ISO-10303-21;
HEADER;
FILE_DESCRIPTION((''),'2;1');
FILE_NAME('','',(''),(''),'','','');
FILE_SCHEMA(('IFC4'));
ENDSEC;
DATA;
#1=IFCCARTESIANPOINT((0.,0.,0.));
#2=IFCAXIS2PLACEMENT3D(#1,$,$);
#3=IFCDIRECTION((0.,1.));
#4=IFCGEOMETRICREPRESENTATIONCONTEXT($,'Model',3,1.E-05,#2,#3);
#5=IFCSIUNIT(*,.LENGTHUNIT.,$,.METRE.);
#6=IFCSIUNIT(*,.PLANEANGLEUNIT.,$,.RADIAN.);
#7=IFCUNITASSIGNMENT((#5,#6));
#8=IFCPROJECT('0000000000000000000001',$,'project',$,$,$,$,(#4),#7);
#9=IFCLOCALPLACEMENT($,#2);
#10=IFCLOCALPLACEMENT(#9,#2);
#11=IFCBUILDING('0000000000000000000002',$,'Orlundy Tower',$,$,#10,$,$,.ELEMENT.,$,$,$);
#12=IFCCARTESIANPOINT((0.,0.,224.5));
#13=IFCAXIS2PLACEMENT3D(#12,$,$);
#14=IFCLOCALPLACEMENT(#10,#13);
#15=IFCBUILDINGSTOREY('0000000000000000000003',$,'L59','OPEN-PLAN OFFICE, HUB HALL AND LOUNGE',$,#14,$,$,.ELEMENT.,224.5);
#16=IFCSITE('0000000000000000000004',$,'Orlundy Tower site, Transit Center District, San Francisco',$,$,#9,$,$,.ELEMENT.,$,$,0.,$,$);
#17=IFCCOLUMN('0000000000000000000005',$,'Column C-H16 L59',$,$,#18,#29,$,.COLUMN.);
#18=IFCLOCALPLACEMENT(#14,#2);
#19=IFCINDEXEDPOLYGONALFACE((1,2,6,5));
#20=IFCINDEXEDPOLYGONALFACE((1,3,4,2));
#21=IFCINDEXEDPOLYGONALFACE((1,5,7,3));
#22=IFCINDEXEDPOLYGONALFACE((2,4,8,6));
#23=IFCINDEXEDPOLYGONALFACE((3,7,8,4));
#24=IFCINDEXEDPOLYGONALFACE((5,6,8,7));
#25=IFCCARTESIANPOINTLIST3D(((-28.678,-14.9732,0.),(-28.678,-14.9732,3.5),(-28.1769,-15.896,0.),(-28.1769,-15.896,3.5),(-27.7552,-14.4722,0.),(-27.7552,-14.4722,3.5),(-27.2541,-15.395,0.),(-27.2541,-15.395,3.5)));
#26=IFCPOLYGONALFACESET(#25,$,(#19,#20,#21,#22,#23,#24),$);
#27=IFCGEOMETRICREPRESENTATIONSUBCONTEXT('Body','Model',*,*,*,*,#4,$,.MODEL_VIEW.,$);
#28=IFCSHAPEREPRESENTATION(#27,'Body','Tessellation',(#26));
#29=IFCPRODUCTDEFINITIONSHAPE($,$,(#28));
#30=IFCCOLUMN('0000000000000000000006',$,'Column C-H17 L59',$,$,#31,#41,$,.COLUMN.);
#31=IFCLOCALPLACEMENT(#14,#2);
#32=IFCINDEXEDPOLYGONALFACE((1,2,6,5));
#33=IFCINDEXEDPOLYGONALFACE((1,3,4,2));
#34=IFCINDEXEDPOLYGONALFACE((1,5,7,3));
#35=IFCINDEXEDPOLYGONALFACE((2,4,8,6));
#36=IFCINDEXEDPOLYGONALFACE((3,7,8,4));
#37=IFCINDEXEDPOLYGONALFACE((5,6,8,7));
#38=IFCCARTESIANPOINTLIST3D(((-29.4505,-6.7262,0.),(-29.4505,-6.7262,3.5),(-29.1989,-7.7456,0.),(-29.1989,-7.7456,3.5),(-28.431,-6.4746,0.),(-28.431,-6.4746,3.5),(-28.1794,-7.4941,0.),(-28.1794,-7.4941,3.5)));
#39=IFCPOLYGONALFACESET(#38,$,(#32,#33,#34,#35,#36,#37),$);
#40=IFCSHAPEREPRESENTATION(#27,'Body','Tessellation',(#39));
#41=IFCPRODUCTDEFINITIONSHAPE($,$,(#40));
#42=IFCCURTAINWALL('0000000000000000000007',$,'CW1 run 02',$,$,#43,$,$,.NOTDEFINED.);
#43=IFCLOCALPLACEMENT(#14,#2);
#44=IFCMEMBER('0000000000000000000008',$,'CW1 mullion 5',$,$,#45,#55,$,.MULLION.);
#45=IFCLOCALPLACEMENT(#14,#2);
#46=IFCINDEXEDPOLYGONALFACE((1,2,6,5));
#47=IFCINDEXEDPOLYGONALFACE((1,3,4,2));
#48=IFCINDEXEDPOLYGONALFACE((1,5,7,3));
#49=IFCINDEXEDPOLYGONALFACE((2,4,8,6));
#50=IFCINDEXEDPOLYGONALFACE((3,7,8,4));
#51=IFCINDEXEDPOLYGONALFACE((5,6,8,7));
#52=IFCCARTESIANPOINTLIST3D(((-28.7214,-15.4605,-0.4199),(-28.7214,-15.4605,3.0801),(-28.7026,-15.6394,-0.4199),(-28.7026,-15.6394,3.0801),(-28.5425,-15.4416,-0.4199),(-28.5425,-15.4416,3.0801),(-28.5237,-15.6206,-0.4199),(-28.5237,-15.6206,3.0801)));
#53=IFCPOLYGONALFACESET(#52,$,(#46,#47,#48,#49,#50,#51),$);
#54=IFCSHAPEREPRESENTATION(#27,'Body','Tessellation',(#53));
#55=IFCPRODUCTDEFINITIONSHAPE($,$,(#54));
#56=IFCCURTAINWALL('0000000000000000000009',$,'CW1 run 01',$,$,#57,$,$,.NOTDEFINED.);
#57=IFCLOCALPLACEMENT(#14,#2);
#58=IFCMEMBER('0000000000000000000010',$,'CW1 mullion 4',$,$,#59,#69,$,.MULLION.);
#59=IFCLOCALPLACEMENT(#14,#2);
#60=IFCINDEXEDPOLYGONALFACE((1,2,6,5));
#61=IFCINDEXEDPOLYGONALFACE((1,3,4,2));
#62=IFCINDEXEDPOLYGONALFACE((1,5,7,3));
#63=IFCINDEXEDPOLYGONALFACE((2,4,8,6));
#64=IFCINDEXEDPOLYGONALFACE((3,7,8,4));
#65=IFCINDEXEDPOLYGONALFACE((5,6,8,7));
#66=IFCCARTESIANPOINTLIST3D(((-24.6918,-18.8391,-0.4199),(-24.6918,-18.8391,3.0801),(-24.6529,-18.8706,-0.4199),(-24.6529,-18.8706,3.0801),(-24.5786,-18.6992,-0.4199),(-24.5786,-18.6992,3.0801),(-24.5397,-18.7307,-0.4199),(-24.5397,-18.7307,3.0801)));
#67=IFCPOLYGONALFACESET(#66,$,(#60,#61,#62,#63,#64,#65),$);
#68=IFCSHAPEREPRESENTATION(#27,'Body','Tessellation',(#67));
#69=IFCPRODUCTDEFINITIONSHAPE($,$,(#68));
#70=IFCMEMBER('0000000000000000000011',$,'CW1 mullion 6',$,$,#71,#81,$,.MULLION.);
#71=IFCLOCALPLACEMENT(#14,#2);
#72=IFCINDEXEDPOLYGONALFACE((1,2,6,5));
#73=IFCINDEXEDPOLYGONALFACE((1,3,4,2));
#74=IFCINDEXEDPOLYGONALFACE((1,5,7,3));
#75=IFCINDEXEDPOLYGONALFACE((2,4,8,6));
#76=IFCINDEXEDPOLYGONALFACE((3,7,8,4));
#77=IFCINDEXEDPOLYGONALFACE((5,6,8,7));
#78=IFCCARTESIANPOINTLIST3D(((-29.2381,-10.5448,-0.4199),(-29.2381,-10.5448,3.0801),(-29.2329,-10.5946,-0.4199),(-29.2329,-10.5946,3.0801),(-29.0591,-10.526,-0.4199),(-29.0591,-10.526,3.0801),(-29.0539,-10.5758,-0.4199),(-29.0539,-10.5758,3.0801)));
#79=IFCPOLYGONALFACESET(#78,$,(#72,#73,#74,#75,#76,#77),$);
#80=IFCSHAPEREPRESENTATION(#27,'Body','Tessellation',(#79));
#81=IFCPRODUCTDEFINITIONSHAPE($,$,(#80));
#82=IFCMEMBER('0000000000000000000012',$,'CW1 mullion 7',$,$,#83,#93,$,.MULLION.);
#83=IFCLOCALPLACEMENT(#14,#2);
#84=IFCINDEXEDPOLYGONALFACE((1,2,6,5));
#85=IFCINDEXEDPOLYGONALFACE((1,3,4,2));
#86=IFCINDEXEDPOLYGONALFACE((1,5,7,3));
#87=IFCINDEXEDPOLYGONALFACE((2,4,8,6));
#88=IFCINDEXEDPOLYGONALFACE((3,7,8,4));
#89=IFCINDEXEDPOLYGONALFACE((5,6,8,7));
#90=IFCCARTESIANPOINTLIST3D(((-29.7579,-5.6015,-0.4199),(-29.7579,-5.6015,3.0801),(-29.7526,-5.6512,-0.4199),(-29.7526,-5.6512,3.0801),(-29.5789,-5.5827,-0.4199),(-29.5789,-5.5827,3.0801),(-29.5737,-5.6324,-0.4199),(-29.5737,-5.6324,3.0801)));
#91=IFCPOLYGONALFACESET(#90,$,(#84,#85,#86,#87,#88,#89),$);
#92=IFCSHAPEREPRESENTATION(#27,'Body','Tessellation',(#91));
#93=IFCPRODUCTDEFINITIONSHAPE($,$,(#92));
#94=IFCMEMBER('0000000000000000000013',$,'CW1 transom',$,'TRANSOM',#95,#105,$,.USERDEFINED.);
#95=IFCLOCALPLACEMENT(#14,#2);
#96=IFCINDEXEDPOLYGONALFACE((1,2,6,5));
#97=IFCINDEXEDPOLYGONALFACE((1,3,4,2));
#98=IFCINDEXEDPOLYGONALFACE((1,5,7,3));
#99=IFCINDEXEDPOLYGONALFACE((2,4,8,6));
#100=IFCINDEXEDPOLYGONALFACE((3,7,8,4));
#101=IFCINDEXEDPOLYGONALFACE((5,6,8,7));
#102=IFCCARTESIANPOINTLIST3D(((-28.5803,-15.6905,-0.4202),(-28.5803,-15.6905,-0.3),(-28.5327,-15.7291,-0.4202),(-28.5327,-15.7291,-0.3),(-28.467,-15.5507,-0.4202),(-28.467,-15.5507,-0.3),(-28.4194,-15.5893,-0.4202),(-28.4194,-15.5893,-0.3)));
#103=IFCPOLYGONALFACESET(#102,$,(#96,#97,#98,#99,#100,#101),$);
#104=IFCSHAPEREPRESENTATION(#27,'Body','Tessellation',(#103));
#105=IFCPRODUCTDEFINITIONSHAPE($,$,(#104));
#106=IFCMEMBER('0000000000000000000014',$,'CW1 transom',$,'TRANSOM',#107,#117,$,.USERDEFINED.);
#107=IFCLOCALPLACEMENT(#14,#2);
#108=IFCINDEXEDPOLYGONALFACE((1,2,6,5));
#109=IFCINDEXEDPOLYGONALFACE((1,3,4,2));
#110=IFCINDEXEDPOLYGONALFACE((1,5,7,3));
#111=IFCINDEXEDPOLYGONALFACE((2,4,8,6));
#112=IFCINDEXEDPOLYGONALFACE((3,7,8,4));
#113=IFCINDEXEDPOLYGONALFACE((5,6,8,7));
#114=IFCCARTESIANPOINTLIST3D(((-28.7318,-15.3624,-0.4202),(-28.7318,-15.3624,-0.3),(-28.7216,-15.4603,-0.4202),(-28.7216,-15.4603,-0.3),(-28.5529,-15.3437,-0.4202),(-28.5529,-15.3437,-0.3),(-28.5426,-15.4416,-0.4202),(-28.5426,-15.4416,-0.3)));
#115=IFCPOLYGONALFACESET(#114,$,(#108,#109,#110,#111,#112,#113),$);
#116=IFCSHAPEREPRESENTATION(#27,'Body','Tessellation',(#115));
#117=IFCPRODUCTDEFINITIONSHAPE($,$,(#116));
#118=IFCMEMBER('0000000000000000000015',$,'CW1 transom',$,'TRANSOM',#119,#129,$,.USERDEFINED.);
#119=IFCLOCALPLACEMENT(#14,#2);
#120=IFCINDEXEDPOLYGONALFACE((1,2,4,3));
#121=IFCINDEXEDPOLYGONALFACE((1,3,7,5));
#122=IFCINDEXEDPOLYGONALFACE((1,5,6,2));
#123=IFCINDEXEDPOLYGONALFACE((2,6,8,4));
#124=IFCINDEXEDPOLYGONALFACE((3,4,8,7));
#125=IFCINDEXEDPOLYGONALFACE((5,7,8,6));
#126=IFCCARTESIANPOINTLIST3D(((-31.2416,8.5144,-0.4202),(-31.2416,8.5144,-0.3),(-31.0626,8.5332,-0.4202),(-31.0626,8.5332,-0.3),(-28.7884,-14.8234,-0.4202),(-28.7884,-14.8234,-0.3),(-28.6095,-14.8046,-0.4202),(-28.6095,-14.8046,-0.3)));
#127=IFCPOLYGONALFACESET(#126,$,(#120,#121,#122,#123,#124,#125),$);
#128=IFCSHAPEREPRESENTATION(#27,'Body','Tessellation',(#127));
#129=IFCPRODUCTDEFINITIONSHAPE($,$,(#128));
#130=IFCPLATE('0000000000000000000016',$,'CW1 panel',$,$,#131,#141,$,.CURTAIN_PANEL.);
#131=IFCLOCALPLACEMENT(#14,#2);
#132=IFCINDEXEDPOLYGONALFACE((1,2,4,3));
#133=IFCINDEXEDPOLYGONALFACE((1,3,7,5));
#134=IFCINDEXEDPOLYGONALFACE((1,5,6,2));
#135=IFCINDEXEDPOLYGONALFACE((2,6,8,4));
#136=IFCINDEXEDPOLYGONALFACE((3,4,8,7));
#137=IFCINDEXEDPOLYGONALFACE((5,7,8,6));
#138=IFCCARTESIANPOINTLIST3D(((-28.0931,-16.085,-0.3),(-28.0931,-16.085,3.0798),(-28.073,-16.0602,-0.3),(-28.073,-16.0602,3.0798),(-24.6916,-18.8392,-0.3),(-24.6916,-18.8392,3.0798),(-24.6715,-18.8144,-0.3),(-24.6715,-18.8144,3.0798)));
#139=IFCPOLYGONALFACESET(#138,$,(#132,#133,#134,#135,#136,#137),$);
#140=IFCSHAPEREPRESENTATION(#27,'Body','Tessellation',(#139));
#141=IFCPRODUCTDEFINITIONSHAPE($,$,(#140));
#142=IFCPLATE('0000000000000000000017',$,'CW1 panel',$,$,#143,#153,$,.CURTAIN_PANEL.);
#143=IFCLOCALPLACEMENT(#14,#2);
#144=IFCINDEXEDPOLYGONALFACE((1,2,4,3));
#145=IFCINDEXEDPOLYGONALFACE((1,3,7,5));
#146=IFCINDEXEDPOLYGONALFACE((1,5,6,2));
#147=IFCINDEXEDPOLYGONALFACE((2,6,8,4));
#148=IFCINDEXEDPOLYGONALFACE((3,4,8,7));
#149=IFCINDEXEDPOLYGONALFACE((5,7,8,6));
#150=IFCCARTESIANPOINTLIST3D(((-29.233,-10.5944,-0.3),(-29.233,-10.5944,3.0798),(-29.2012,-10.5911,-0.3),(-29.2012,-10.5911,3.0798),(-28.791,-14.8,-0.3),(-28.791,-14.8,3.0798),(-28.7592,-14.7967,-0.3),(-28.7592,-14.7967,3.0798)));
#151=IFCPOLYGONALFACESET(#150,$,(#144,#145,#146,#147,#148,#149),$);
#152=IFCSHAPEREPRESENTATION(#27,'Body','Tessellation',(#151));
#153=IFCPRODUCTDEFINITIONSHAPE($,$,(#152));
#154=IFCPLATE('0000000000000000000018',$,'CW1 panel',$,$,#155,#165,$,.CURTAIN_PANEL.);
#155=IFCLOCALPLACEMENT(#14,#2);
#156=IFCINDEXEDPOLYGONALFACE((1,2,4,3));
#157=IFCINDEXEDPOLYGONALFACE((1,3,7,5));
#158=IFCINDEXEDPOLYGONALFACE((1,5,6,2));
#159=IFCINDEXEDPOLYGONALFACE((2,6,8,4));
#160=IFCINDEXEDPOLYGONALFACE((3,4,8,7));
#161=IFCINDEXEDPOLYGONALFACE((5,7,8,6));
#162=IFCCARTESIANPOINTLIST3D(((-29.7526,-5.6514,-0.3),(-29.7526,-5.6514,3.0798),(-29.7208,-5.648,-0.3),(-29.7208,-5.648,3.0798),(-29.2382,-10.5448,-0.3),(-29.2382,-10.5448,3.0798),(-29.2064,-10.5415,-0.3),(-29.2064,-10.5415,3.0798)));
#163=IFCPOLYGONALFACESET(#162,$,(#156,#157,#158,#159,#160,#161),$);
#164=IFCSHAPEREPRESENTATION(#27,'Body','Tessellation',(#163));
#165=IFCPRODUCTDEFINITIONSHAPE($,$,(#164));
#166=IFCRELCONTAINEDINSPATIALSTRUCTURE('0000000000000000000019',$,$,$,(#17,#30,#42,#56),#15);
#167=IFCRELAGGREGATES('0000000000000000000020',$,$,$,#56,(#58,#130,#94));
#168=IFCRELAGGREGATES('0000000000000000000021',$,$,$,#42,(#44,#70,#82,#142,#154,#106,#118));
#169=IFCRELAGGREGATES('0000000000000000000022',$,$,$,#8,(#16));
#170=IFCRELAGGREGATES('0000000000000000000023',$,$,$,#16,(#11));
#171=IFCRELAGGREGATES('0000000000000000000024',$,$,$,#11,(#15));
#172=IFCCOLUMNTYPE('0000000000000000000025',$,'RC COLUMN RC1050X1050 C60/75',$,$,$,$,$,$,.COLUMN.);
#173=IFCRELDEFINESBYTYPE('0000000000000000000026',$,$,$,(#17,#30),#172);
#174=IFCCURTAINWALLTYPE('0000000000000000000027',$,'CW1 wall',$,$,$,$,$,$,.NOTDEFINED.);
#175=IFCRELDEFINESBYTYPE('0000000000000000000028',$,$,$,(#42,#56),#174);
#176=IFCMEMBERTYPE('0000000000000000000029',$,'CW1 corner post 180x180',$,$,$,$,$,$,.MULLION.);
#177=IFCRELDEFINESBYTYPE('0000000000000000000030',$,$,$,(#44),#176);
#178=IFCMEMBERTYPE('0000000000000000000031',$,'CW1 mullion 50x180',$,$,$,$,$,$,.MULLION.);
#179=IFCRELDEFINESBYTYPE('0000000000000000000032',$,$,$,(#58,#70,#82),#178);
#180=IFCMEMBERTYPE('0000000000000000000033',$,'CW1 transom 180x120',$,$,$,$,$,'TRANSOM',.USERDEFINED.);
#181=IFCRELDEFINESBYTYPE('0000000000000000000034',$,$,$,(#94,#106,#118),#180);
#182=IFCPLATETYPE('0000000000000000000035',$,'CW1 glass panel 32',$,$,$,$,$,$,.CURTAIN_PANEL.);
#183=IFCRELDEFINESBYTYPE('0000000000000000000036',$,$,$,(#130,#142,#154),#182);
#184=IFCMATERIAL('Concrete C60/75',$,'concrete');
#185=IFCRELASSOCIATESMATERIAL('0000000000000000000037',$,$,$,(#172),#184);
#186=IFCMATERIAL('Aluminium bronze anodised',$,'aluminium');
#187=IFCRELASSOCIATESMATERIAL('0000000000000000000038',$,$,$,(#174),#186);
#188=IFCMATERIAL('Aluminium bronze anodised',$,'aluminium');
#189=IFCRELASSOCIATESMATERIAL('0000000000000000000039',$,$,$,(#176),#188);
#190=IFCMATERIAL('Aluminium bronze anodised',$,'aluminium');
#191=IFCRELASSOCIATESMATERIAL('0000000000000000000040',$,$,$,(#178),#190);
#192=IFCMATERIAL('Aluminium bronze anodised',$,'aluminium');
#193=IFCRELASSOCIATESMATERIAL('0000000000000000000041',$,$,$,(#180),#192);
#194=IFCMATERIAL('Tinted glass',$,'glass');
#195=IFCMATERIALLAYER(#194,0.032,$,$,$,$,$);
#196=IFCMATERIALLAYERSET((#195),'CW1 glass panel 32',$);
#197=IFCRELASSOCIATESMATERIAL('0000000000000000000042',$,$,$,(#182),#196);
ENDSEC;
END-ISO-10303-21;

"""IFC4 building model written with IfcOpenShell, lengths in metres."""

from ifc_helpers import new_model, si_unit, direction, frame, origin, origin_2d, place, context, subcontext, project, spatial, rectangle, extrude, material, layer, layer_set, material_profile, profile_set, type_object, element, aggregate, save


model = new_model("IFC4")

# Units and contexts
model_context = context("Model", 3, precision=1e-05, world=origin(), true_north=direction((0.0, 1.0)))
body_context = subcontext(model_context, "Body", "Model", "MODEL_VIEW")
ifc_project = project(units=[si_unit("LENGTHUNIT", "METRE"), si_unit("PLANEANGLEUNIT", "RADIAN")], contexts=[model_context])

# Site, building, storey
site_placement = place(None, origin())
site = spatial("IfcSite", under=ifc_project, at=site_placement, Name="Orlundy Tower site, Transit Center District, San Francisco", CompositionType="ELEMENT", RefElevation=0.0)
building_placement = place(site_placement, origin())
building = spatial("IfcBuilding", under=site, at=building_placement, Name="Orlundy Tower", CompositionType="ELEMENT")
storey_placement = place(building_placement, frame((0.0, 0.0, 224.5)))
storey = spatial("IfcBuildingStorey", under=building, at=storey_placement, Name="L59", Description="OPEN-PLAN OFFICE, HUB HALL AND LOUNGE", CompositionType="ELEMENT", Elevation=224.5)

# Columns
ifc_material_1 = material(Name="Concrete C60/75", Category="concrete")
ifc_material_profile_1 = material_profile(ifc_material_1, rectangle(XDim=1.05, YDim=1.05, at=origin_2d()), Name="RC1050X1050")
ifc_profile_set_1 = profile_set([ifc_material_profile_1], Name="Concrete C60/75")
column_type = type_object("IfcColumnType", Name="RC COLUMN RC1050X1050 C60/75", PredefinedType="COLUMN", material=ifc_profile_set_1)
for number, where, z_axis, x_axis, name in (
    (1, (-27.9661, -15.1841, 0.0), (0.0, 0.0, 1.0), (-0.878817, -0.477159, 0.0), "Column C-H16 L59"),
    (2, (-28.8149, -7.1101, 0.0), (0.0, 0.0, 1.0), (-0.97088, -0.239567, 0.0), "Column C-H17 L59"),
):
    element("IfcColumn", number, at=place(storey_placement, frame(where, z_axis=z_axis, x_axis=x_axis)), inside=storey, type_object=column_type, Name=name, PredefinedType="COLUMN", context=body_context, shape_type="SweptSolid", body=[
        extrude(rectangle(XDim=1.05, YDim=1.05, at=origin_2d()), origin(), (0.0, 0.0, 1.0), 3.5),
    ])

# Curtain walls, members
ifc_material_2 = material(Name="Aluminium bronze anodised", Category="aluminium")
curtain_wall_type = type_object("IfcCurtainWallType", Name="CW1 wall", PredefinedType="NOTDEFINED", material=ifc_material_2)
curtain_wall_1_placement = place(storey_placement, origin())
curtain_wall_1 = element("IfcCurtainWall", 3, at=curtain_wall_1_placement, inside=storey, type_object=curtain_wall_type, Name="CW1 run 02", PredefinedType="NOTDEFINED")
ifc_material_3 = material(Name="Aluminium bronze anodised", Category="aluminium")
ifc_material_profile_2 = material_profile(ifc_material_3, rectangle(XDim=0.1799, YDim=0.1799, at=origin_2d()), Name="CW1 corner post 180x180")
ifc_profile_set_2 = profile_set([ifc_material_profile_2], Name="Aluminium bronze anodised")
member_type_1 = type_object("IfcMemberType", Name="CW1 corner post 180x180", PredefinedType="MULLION", material=ifc_profile_set_2)
member_1_placement = place(storey_placement, frame((-28.6226, -15.5405, -0.4199), z_axis=(0.0, 0.0, 1.0), x_axis=(-0.994521, -0.104538, 0.0)))
member_1 = element("IfcMember", 4, at=member_1_placement, type_object=member_type_1, Name="CW1 mullion 5", PredefinedType="MULLION", context=body_context, shape_type="SweptSolid", body=[
    extrude(rectangle(XDim=0.1799, YDim=0.1799, at=origin_2d()), origin(), (0.0, 0.0, 1.0), 3.5),
])
curtain_wall_2_placement = place(storey_placement, origin())
curtain_wall_2 = element("IfcCurtainWall", 5, at=curtain_wall_2_placement, inside=storey, type_object=curtain_wall_type, Name="CW1 run 01", PredefinedType="NOTDEFINED")
ifc_material_4 = material(Name="Aluminium bronze anodised", Category="aluminium")
ifc_material_profile_3 = material_profile(ifc_material_4, rectangle(XDim=0.1799, YDim=0.05, at=origin_2d()), Name="CW1 mullion 50x180")
ifc_profile_set_3 = profile_set([ifc_material_profile_3], Name="Aluminium bronze anodised")
member_type_2 = type_object("IfcMemberType", Name="CW1 mullion 50x180", PredefinedType="MULLION", material=ifc_profile_set_3)
member_2_placement = place(storey_placement, frame((-24.6157, -18.7849, -0.4199), z_axis=(0.0, 0.0, 1.0), x_axis=(-0.629283, -0.777177, 0.0)))
member_2 = element("IfcMember", 6, at=member_2_placement, type_object=member_type_2, Name="CW1 mullion 4", PredefinedType="MULLION", context=body_context, shape_type="SweptSolid", body=[
    extrude(rectangle(XDim=0.1799, YDim=0.05, at=origin_2d()), origin(), (0.0, 0.0, 1.0), 3.5),
])

# Members
member_3_placement = place(storey_placement, frame((-29.146, -10.5603, -0.4199), z_axis=(0.0, 0.0, 1.0), x_axis=(-0.994521, -0.104538, 0.0)))
member_3 = element("IfcMember", 7, at=member_3_placement, type_object=member_type_2, Name="CW1 mullion 6", PredefinedType="MULLION", context=body_context, shape_type="SweptSolid", body=[
    extrude(rectangle(XDim=0.1799, YDim=0.05, at=origin_2d()), origin(), (0.0, 0.0, 1.0), 3.5),
])
member_4_placement = place(storey_placement, frame((-29.6658, -5.6169, -0.4199), z_axis=(0.0, 0.0, 1.0), x_axis=(-0.994521, -0.104538, 0.0)))
member_4 = element("IfcMember", 8, at=member_4_placement, type_object=member_type_2, Name="CW1 mullion 7", PredefinedType="MULLION", context=body_context, shape_type="SweptSolid", body=[
    extrude(rectangle(XDim=0.1799, YDim=0.05, at=origin_2d()), origin(), (0.0, 0.0, 1.0), 3.5),
])
ifc_material_5 = material(Name="Aluminium bronze anodised", Category="aluminium")
ifc_material_profile_4 = material_profile(ifc_material_5, rectangle(XDim=0.1799, YDim=0.1201, at=origin_2d()), Name="CW1 transom 180x120")
ifc_profile_set_4 = profile_set([ifc_material_profile_4], Name="Aluminium bronze anodised")
member_type_3 = type_object("IfcMemberType", Name="CW1 transom 180x120", ElementType="TRANSOM", PredefinedType="USERDEFINED", material=ifc_profile_set_4)
member_5_placement = place(storey_placement, frame((-28.4761, -15.6592, -0.3601), z_axis=(-0.776966, 0.629542, 0.0), x_axis=(-0.629542, -0.776966, 0.0)))
member_5 = element("IfcMember", 9, at=member_5_placement, type_object=member_type_3, Name="CW1 transom", ObjectType="TRANSOM", PredefinedType="USERDEFINED", context=body_context, shape_type="SweptSolid", body=[
    extrude(rectangle(XDim=0.1799, YDim=0.1201, at=origin_2d()), origin(), (0.0, 0.0, 1.0), 0.0613),
])
member_6_placement = place(storey_placement, frame((-28.6321, -15.4509, -0.3601), z_axis=(-0.104168, 0.99456, 0.0), x_axis=(-0.99456, -0.104168, 0.0)))
member_6 = element("IfcMember", 10, at=member_6_placement, type_object=member_type_3, Name="CW1 transom", ObjectType="TRANSOM", PredefinedType="USERDEFINED", context=body_context, shape_type="SweptSolid", body=[
    extrude(rectangle(XDim=0.1799, YDim=0.1201, at=origin_2d()), origin(), (0.0, 0.0, 1.0), 0.0984),
])
member_7_placement = place(storey_placement, frame((-28.699, -14.814, -0.3601), z_axis=(-0.104539, 0.994521, 0.0), x_axis=(-0.994521, -0.104539, 0.0)))
member_7 = element("IfcMember", 11, at=member_7_placement, type_object=member_type_3, Name="CW1 transom", ObjectType="TRANSOM", PredefinedType="USERDEFINED", context=body_context, shape_type="SweptSolid", body=[
    extrude(rectangle(XDim=0.1799, YDim=0.1201, at=origin_2d()), origin(), (0.0, 0.0, 1.0), 23.4663),
])

# Plates
ifc_material_6 = material(Name="Tinted glass", Category="glass")
ifc_layer_1 = layer(ifc_material_6, 0.032)
ifc_layer_set_1 = layer_set([ifc_layer_1], Name="CW1 glass panel 32")
plate_type = type_object("IfcPlateType", Name="CW1 glass panel 32", PredefinedType="CURTAIN_PANEL", material=ifc_layer_set_1)
plate_1_placement = place(storey_placement, frame((-26.3823, -17.4497, -0.3), z_axis=(0.0, 0.0, 1.0), x_axis=(-0.777177, 0.629283, 0.0)))
plate_1 = element("IfcPlate", 12, at=plate_1_placement, type_object=plate_type, Name="CW1 panel", PredefinedType="CURTAIN_PANEL", context=body_context, shape_type="SweptSolid", body=[
    extrude(rectangle(XDim=4.3767, YDim=0.032, at=origin_2d()), origin(), (0.0, 0.0, 1.0), 3.3799),
])
aggregate(curtain_wall_2, [member_2, plate_1, member_5])
plate_2_placement = place(storey_placement, frame((-28.9961, -12.6956, -0.3), z_axis=(0.0, 0.0, 1.0), x_axis=(-0.104538, 0.994521, 0.0)))
plate_2 = element("IfcPlate", 13, at=plate_2_placement, type_object=plate_type, Name="CW1 panel", PredefinedType="CURTAIN_PANEL", context=body_context, shape_type="SweptSolid", body=[
    extrude(rectangle(XDim=4.2288, YDim=0.032, at=origin_2d()), origin(), (0.0, 0.0, 1.0), 3.3799),
])
plate_3_placement = place(storey_placement, frame((-29.4795, -8.0964, -0.3), z_axis=(0.0, 0.0, 1.0), x_axis=(-0.104538, 0.994521, 0.0)))
plate_3 = element("IfcPlate", 14, at=plate_3_placement, type_object=plate_type, Name="CW1 panel", PredefinedType="CURTAIN_PANEL", context=body_context, shape_type="SweptSolid", body=[
    extrude(rectangle(XDim=4.9204, YDim=0.032, at=origin_2d()), origin(), (0.0, 0.0, 1.0), 3.3799),
])
aggregate(curtain_wall_1, [member_1, member_3, member_4, plate_2, plate_3, member_6, member_7])

save(model, "model.ifc")
